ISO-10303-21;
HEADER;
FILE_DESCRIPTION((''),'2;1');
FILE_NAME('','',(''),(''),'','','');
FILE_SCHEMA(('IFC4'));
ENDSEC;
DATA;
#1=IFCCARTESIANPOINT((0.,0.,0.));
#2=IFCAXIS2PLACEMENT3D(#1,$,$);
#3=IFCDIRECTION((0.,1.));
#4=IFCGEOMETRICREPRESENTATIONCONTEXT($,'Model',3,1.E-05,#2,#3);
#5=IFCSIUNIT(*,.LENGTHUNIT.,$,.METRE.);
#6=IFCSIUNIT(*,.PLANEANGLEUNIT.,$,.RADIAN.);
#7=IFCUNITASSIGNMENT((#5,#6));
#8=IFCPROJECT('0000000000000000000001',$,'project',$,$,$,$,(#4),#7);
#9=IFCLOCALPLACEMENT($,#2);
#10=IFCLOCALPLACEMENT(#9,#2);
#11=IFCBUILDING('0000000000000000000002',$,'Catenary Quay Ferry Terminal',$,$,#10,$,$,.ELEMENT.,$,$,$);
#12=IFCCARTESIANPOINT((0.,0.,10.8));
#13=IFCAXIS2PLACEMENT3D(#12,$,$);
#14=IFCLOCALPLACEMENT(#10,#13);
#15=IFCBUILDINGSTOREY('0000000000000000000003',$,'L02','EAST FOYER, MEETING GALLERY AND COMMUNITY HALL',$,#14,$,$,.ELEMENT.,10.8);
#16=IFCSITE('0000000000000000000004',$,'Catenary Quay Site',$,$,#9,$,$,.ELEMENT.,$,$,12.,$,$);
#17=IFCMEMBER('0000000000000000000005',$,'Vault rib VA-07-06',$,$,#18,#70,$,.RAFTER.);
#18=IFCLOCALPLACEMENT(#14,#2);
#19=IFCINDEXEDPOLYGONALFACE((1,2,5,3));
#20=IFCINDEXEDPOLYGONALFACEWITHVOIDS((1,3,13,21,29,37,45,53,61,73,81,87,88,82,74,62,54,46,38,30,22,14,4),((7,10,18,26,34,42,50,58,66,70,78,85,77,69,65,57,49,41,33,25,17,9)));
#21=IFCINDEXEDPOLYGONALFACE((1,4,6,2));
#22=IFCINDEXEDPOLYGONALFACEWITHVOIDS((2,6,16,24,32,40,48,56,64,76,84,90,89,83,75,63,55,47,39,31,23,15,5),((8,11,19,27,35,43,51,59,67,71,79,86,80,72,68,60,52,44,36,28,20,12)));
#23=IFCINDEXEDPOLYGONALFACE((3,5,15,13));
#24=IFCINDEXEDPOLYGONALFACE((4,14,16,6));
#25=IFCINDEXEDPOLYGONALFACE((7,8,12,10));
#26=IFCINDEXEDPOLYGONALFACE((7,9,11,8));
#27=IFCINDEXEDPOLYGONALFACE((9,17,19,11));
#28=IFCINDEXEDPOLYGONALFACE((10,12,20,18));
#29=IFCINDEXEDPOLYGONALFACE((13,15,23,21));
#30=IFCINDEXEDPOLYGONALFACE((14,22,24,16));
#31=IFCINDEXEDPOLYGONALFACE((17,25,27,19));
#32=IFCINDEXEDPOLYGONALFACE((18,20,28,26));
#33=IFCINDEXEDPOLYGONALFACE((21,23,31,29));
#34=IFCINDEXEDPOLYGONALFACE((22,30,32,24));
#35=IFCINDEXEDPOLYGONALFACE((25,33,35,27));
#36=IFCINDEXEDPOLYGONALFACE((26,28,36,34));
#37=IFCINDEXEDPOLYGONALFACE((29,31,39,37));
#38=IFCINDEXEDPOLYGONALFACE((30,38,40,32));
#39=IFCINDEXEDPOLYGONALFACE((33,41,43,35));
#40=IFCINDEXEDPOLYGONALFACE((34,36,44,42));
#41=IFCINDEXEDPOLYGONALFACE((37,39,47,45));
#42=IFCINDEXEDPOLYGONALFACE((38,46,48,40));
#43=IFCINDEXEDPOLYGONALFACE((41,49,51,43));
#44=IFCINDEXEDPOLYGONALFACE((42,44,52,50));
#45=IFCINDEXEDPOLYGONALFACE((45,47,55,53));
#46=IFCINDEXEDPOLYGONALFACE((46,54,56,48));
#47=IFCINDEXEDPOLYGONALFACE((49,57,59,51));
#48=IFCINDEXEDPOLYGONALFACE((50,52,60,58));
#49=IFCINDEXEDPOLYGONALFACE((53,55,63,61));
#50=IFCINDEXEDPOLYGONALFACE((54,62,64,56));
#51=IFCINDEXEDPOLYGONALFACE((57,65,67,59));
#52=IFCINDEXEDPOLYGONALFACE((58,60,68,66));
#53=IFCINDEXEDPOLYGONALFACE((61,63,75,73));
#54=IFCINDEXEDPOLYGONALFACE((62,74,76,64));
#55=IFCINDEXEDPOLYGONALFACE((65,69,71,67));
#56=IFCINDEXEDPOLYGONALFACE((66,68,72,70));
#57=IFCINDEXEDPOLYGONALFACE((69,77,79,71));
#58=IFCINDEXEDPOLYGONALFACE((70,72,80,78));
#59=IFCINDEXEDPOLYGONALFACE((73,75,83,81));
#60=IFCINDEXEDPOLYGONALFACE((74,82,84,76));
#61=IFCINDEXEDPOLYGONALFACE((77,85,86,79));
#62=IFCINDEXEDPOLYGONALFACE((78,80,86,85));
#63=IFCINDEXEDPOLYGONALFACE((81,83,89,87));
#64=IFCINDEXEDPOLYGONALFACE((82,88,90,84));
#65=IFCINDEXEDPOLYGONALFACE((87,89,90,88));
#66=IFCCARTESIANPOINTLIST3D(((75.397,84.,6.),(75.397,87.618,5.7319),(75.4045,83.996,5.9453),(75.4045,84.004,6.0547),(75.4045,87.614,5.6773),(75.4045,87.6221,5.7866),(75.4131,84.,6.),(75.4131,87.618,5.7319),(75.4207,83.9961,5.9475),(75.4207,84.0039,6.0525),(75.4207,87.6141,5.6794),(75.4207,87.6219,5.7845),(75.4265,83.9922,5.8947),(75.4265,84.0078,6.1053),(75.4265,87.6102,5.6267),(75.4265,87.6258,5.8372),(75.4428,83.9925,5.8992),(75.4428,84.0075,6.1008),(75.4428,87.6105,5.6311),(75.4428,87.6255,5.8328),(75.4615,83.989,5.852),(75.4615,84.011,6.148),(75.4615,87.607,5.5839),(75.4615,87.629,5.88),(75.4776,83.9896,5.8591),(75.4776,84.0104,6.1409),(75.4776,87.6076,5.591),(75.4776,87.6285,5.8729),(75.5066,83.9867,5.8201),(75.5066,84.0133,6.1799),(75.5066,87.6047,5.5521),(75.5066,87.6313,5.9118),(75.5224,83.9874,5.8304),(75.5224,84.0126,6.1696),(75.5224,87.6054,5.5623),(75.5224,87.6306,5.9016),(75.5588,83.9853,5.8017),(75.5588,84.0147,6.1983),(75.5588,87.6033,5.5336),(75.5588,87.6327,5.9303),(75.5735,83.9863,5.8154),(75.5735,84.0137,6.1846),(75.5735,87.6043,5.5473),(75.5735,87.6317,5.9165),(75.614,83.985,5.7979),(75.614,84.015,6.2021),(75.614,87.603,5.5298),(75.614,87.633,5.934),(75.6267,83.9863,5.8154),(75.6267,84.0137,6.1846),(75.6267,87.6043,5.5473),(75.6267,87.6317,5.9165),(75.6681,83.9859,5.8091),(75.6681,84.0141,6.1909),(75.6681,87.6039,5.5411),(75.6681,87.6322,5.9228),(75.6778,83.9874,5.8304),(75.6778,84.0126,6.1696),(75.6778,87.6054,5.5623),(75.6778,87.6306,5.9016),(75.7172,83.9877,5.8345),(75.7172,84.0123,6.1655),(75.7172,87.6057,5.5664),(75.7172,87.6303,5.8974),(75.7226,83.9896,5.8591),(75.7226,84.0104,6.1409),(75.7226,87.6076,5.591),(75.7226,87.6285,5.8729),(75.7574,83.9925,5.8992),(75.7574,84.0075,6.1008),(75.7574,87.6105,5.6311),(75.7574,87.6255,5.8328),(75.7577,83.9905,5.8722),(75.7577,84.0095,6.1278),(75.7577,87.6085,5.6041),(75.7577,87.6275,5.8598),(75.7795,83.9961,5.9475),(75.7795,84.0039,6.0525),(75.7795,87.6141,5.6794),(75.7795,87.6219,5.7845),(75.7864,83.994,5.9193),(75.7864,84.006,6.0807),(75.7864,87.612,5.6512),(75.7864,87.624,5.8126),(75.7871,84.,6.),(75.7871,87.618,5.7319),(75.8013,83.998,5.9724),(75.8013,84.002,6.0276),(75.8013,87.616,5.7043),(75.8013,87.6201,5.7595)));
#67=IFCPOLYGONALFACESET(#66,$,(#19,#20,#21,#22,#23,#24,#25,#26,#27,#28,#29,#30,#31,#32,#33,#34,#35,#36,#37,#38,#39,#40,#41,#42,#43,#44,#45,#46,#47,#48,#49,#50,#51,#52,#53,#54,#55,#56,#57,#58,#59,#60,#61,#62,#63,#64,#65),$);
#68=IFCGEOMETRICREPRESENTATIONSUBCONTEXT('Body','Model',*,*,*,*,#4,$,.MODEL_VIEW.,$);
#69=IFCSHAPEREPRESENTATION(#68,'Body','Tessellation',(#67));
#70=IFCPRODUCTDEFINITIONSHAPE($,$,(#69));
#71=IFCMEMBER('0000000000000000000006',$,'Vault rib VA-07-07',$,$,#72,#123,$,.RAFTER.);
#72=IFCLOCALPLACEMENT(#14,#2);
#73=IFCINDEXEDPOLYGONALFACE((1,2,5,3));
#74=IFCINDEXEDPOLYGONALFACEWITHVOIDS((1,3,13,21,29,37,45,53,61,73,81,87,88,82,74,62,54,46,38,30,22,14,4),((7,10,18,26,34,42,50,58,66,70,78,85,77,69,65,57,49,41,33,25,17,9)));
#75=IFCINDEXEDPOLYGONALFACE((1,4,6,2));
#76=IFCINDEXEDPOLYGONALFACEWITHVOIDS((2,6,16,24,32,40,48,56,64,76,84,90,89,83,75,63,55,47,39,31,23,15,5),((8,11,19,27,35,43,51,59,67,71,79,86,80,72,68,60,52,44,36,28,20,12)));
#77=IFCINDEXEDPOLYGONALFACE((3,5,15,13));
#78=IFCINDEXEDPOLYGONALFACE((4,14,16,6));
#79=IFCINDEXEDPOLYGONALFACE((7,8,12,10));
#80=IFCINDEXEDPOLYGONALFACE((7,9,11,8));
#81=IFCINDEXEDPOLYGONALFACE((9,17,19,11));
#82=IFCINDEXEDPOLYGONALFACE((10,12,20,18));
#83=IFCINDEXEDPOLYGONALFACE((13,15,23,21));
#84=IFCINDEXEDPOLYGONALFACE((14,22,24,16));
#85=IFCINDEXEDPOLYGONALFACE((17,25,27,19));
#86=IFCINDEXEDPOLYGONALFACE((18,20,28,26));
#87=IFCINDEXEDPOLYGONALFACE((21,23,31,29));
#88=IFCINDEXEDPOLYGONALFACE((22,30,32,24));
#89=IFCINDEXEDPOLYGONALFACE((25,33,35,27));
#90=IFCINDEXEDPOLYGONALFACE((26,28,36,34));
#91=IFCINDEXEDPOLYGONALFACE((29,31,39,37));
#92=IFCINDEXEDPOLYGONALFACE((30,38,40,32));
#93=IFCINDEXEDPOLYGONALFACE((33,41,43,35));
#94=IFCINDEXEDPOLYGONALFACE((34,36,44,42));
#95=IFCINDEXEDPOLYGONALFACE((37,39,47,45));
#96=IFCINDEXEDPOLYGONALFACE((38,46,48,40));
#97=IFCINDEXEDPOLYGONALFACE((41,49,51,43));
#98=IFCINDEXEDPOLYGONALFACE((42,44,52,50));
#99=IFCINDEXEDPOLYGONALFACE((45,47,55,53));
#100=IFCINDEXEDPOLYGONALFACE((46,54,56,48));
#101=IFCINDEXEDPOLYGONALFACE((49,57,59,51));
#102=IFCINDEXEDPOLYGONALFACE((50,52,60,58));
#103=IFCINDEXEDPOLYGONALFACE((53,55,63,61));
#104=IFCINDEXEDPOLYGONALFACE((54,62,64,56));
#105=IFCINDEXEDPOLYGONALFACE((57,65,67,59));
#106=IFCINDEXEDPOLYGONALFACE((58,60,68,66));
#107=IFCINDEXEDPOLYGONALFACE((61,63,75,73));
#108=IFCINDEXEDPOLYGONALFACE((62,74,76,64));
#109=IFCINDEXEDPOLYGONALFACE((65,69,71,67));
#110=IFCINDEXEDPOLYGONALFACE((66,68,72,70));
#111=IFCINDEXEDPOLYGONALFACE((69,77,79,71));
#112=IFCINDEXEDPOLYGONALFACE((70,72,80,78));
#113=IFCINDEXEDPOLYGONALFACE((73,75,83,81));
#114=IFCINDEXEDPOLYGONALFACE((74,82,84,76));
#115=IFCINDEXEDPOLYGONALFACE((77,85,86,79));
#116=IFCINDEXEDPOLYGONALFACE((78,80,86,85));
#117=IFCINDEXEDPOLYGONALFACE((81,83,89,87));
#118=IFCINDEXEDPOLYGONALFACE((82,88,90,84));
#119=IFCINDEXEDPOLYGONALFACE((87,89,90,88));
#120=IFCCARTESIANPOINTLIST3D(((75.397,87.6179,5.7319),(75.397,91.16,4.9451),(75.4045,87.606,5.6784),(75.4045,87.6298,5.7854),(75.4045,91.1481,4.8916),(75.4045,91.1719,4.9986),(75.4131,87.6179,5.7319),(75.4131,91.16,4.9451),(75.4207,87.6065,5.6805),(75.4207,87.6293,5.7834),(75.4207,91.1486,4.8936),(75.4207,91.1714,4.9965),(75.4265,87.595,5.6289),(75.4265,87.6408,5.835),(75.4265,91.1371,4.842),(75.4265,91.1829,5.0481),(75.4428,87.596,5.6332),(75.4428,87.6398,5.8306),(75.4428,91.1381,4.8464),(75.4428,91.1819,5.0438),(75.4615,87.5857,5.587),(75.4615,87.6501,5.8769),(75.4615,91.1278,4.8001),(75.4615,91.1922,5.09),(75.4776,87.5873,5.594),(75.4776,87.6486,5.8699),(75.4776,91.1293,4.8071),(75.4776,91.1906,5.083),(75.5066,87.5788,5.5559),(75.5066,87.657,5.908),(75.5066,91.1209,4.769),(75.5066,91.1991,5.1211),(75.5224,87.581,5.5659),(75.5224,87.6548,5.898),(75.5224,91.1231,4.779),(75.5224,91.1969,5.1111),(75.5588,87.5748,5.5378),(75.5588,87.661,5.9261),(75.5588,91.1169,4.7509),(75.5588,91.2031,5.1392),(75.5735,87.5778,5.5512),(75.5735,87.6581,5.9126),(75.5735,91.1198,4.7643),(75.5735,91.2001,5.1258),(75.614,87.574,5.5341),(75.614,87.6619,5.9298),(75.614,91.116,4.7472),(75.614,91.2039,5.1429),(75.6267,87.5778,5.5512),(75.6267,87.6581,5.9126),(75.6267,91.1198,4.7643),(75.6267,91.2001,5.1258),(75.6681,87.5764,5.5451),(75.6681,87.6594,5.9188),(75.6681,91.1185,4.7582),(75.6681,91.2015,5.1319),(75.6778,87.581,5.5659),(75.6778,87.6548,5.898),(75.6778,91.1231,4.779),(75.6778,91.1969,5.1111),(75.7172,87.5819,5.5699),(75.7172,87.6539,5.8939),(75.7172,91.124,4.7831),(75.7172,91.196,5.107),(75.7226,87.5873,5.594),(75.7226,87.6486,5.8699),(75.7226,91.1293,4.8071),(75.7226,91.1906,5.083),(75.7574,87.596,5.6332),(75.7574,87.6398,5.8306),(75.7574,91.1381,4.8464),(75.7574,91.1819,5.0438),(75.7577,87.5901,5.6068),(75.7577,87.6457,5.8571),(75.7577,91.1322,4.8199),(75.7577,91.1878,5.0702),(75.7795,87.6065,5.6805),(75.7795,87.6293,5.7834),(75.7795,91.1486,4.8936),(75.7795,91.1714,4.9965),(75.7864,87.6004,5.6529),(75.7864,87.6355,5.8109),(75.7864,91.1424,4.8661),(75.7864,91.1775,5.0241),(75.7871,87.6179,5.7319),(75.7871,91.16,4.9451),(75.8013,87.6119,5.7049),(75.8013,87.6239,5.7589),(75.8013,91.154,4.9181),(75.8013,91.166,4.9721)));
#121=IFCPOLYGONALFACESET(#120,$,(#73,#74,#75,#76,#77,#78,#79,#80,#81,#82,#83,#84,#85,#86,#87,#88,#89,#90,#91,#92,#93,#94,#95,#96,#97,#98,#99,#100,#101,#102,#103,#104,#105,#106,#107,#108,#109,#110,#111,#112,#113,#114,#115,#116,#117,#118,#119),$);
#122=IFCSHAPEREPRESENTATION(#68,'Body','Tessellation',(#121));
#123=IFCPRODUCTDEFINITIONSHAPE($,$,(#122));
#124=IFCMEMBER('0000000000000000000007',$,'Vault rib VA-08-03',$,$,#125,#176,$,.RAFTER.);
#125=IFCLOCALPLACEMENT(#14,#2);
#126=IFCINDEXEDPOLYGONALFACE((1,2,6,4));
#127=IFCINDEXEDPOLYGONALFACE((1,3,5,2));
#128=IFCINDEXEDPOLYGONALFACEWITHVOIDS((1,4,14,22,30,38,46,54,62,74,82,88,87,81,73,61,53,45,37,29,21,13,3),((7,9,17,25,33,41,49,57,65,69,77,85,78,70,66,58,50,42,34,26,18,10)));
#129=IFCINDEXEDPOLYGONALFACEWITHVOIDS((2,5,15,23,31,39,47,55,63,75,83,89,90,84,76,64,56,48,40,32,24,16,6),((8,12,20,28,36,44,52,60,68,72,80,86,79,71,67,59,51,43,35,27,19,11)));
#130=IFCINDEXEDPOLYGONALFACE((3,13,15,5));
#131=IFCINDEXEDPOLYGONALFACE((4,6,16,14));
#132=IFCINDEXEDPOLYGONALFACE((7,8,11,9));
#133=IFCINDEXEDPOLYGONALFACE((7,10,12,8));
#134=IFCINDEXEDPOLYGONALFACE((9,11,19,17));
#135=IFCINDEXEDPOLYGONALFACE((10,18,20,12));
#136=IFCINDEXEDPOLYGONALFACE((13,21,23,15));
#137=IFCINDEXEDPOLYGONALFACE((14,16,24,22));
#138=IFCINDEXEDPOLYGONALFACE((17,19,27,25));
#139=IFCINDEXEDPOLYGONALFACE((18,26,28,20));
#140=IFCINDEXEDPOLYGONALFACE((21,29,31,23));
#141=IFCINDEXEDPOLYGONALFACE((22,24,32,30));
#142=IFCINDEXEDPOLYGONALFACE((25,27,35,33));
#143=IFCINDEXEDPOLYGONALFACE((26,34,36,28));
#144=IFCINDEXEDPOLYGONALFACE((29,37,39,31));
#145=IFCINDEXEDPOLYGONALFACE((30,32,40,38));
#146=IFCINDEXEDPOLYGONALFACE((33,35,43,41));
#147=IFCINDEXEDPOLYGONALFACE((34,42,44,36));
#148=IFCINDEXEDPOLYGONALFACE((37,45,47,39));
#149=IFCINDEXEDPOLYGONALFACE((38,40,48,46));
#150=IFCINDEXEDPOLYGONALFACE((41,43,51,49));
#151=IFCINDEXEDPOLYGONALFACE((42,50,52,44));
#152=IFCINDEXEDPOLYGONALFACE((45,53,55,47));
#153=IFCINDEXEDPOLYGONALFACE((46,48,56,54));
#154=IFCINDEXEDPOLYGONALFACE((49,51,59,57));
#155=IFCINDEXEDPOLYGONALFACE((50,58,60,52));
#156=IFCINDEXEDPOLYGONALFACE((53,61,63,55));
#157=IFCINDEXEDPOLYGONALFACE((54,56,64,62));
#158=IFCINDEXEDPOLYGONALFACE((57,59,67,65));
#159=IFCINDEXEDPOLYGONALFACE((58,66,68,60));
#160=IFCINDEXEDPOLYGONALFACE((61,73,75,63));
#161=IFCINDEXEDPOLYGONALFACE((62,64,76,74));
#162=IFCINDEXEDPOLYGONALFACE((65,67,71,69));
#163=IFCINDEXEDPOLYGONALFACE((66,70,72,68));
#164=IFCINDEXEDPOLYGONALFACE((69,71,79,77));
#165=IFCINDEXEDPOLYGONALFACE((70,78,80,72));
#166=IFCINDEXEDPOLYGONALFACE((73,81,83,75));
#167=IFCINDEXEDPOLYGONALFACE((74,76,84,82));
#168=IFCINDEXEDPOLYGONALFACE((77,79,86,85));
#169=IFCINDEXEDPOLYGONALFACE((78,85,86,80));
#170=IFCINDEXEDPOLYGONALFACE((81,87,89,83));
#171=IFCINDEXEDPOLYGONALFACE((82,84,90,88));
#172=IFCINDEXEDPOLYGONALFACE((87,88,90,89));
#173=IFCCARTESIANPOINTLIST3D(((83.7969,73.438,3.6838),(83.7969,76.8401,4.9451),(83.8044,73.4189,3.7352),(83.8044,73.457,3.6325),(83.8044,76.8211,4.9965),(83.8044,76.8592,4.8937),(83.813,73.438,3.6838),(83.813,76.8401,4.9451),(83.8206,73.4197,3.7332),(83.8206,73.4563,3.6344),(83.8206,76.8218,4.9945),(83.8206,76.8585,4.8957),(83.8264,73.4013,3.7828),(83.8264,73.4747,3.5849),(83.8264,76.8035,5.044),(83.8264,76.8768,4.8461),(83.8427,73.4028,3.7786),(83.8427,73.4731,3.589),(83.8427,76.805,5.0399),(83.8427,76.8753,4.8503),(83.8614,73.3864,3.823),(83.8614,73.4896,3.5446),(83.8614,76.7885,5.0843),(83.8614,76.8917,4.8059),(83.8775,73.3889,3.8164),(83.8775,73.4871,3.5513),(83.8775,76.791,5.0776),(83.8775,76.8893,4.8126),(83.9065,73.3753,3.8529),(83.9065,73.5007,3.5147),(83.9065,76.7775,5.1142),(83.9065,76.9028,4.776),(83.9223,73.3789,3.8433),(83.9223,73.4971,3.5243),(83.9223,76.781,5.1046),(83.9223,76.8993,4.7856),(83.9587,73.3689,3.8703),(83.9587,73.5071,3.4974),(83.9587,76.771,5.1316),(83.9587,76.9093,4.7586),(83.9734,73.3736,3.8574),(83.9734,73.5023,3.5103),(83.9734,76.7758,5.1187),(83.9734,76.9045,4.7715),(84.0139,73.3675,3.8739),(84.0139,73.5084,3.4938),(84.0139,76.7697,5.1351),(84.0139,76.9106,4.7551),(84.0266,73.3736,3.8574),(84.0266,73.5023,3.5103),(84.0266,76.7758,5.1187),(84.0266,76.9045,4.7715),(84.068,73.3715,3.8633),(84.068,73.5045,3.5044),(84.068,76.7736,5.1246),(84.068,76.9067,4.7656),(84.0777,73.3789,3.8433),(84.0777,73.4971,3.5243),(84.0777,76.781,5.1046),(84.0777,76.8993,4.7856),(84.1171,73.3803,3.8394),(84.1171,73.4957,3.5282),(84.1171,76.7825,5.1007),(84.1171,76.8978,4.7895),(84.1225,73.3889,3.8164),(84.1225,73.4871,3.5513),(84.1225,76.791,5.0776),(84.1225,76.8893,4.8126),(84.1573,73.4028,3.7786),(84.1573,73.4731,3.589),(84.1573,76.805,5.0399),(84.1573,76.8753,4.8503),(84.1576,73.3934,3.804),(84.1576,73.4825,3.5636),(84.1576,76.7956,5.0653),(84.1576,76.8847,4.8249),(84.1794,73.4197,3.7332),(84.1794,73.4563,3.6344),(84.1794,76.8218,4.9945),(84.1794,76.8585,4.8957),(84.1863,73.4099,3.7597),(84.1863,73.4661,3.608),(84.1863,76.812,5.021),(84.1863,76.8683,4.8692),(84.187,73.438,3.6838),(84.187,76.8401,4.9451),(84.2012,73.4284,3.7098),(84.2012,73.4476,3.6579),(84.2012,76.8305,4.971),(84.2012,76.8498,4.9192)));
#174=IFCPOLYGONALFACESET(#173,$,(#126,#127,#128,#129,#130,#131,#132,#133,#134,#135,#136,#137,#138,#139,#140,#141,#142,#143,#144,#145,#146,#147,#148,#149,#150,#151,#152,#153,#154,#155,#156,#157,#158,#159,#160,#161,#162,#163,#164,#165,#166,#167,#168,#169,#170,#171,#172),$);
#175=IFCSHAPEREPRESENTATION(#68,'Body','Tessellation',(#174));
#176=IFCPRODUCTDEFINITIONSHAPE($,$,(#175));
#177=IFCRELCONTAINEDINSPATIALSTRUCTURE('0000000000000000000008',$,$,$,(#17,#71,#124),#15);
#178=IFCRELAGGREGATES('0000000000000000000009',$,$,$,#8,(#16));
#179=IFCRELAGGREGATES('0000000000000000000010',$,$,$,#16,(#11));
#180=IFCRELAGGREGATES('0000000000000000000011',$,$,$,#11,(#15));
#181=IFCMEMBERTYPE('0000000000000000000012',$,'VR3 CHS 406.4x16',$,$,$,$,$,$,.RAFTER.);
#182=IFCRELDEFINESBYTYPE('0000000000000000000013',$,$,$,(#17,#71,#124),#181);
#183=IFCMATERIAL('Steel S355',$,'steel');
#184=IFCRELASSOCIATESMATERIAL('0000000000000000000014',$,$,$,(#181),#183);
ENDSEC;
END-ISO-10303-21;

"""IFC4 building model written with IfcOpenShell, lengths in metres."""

from ifc_helpers import new_model, si_unit, direction, frame, origin, origin_2d, place, context, subcontext, project, spatial, hollow_circle, extrude, material, material_profile, profile_set, type_object, element, save


model = new_model("IFC4")

# Units and contexts
model_context = context("Model", 3, precision=1e-05, world=origin(), true_north=direction((0.0, 1.0)))
body_context = subcontext(model_context, "Body", "Model", "MODEL_VIEW")
ifc_project = project(units=[si_unit("LENGTHUNIT", "METRE"), si_unit("PLANEANGLEUNIT", "RADIAN")], contexts=[model_context])

# Site, building, storey
site_placement = place(None, origin())
site = spatial("IfcSite", under=ifc_project, at=site_placement, Name="Catenary Quay Site", CompositionType="ELEMENT", RefElevation=12.0)
building_placement = place(site_placement, origin())
building = spatial("IfcBuilding", under=site, at=building_placement, Name="Catenary Quay Ferry Terminal", CompositionType="ELEMENT")
storey_placement = place(building_placement, frame((0.0, 0.0, 10.8)))
storey = spatial("IfcBuildingStorey", under=building, at=storey_placement, Name="L02", Description="EAST FOYER, MEETING GALLERY AND COMMUNITY HALL", CompositionType="ELEMENT", Elevation=10.8)

# Members
ifc_material_1 = material(Name="Steel S355", Category="steel")
ifc_material_profile_1 = material_profile(ifc_material_1, hollow_circle(Radius=0.2031, WallThickness=0.0161, at=origin_2d()), Name="CHS 406.4x16")
ifc_profile_set_1 = profile_set([ifc_material_profile_1], Name="Steel S355")
member_type_1 = type_object("IfcMemberType", Name="VR3 CHS 406.4x16", PredefinedType="RAFTER", material=ifc_profile_set_1)
for number, where, z_axis, x_axis, name in (
    (1, (75.6001, 84.0, 6.0), (0.0, 0.997266, -0.073892), (-1.0, 0.0, 0.0), "Vault rib VA-07-06"),
):
    element("IfcMember", number, at=place(storey_placement, frame(where, z_axis=z_axis, x_axis=x_axis)), inside=storey, type_object=member_type_1, Name=name, PredefinedType="RAFTER", context=body_context, shape_type="SweptSolid", body=[
        extrude(hollow_circle(Radius=0.2031, WallThickness=0.0161, at=origin_2d()), origin(), (0.0, 0.0, 1.0), 3.6279),
    ])
for number, where, z_axis, x_axis, name in (
    (2, (75.6001, 87.6179, 5.7319), (0.0, 0.976201, -0.216866), (-1.0, 0.0, 0.0), "Vault rib VA-07-07"),
    (3, (84.0, 73.438, 3.6838), (0.0, 0.937642, 0.347604), (-1.0, 0.0, 0.0), "Vault rib VA-08-03"),
):
    element("IfcMember", number, at=place(storey_placement, frame(where, z_axis=z_axis, x_axis=x_axis)), inside=storey, type_object=member_type_1, Name=name, PredefinedType="RAFTER", context=body_context, shape_type="SweptSolid", body=[
        extrude(hollow_circle(Radius=0.2031, WallThickness=0.0161, at=origin_2d()), origin(), (0.0, 0.0, 1.0), 3.6284),
    ])

save(model, "model.ifc")
